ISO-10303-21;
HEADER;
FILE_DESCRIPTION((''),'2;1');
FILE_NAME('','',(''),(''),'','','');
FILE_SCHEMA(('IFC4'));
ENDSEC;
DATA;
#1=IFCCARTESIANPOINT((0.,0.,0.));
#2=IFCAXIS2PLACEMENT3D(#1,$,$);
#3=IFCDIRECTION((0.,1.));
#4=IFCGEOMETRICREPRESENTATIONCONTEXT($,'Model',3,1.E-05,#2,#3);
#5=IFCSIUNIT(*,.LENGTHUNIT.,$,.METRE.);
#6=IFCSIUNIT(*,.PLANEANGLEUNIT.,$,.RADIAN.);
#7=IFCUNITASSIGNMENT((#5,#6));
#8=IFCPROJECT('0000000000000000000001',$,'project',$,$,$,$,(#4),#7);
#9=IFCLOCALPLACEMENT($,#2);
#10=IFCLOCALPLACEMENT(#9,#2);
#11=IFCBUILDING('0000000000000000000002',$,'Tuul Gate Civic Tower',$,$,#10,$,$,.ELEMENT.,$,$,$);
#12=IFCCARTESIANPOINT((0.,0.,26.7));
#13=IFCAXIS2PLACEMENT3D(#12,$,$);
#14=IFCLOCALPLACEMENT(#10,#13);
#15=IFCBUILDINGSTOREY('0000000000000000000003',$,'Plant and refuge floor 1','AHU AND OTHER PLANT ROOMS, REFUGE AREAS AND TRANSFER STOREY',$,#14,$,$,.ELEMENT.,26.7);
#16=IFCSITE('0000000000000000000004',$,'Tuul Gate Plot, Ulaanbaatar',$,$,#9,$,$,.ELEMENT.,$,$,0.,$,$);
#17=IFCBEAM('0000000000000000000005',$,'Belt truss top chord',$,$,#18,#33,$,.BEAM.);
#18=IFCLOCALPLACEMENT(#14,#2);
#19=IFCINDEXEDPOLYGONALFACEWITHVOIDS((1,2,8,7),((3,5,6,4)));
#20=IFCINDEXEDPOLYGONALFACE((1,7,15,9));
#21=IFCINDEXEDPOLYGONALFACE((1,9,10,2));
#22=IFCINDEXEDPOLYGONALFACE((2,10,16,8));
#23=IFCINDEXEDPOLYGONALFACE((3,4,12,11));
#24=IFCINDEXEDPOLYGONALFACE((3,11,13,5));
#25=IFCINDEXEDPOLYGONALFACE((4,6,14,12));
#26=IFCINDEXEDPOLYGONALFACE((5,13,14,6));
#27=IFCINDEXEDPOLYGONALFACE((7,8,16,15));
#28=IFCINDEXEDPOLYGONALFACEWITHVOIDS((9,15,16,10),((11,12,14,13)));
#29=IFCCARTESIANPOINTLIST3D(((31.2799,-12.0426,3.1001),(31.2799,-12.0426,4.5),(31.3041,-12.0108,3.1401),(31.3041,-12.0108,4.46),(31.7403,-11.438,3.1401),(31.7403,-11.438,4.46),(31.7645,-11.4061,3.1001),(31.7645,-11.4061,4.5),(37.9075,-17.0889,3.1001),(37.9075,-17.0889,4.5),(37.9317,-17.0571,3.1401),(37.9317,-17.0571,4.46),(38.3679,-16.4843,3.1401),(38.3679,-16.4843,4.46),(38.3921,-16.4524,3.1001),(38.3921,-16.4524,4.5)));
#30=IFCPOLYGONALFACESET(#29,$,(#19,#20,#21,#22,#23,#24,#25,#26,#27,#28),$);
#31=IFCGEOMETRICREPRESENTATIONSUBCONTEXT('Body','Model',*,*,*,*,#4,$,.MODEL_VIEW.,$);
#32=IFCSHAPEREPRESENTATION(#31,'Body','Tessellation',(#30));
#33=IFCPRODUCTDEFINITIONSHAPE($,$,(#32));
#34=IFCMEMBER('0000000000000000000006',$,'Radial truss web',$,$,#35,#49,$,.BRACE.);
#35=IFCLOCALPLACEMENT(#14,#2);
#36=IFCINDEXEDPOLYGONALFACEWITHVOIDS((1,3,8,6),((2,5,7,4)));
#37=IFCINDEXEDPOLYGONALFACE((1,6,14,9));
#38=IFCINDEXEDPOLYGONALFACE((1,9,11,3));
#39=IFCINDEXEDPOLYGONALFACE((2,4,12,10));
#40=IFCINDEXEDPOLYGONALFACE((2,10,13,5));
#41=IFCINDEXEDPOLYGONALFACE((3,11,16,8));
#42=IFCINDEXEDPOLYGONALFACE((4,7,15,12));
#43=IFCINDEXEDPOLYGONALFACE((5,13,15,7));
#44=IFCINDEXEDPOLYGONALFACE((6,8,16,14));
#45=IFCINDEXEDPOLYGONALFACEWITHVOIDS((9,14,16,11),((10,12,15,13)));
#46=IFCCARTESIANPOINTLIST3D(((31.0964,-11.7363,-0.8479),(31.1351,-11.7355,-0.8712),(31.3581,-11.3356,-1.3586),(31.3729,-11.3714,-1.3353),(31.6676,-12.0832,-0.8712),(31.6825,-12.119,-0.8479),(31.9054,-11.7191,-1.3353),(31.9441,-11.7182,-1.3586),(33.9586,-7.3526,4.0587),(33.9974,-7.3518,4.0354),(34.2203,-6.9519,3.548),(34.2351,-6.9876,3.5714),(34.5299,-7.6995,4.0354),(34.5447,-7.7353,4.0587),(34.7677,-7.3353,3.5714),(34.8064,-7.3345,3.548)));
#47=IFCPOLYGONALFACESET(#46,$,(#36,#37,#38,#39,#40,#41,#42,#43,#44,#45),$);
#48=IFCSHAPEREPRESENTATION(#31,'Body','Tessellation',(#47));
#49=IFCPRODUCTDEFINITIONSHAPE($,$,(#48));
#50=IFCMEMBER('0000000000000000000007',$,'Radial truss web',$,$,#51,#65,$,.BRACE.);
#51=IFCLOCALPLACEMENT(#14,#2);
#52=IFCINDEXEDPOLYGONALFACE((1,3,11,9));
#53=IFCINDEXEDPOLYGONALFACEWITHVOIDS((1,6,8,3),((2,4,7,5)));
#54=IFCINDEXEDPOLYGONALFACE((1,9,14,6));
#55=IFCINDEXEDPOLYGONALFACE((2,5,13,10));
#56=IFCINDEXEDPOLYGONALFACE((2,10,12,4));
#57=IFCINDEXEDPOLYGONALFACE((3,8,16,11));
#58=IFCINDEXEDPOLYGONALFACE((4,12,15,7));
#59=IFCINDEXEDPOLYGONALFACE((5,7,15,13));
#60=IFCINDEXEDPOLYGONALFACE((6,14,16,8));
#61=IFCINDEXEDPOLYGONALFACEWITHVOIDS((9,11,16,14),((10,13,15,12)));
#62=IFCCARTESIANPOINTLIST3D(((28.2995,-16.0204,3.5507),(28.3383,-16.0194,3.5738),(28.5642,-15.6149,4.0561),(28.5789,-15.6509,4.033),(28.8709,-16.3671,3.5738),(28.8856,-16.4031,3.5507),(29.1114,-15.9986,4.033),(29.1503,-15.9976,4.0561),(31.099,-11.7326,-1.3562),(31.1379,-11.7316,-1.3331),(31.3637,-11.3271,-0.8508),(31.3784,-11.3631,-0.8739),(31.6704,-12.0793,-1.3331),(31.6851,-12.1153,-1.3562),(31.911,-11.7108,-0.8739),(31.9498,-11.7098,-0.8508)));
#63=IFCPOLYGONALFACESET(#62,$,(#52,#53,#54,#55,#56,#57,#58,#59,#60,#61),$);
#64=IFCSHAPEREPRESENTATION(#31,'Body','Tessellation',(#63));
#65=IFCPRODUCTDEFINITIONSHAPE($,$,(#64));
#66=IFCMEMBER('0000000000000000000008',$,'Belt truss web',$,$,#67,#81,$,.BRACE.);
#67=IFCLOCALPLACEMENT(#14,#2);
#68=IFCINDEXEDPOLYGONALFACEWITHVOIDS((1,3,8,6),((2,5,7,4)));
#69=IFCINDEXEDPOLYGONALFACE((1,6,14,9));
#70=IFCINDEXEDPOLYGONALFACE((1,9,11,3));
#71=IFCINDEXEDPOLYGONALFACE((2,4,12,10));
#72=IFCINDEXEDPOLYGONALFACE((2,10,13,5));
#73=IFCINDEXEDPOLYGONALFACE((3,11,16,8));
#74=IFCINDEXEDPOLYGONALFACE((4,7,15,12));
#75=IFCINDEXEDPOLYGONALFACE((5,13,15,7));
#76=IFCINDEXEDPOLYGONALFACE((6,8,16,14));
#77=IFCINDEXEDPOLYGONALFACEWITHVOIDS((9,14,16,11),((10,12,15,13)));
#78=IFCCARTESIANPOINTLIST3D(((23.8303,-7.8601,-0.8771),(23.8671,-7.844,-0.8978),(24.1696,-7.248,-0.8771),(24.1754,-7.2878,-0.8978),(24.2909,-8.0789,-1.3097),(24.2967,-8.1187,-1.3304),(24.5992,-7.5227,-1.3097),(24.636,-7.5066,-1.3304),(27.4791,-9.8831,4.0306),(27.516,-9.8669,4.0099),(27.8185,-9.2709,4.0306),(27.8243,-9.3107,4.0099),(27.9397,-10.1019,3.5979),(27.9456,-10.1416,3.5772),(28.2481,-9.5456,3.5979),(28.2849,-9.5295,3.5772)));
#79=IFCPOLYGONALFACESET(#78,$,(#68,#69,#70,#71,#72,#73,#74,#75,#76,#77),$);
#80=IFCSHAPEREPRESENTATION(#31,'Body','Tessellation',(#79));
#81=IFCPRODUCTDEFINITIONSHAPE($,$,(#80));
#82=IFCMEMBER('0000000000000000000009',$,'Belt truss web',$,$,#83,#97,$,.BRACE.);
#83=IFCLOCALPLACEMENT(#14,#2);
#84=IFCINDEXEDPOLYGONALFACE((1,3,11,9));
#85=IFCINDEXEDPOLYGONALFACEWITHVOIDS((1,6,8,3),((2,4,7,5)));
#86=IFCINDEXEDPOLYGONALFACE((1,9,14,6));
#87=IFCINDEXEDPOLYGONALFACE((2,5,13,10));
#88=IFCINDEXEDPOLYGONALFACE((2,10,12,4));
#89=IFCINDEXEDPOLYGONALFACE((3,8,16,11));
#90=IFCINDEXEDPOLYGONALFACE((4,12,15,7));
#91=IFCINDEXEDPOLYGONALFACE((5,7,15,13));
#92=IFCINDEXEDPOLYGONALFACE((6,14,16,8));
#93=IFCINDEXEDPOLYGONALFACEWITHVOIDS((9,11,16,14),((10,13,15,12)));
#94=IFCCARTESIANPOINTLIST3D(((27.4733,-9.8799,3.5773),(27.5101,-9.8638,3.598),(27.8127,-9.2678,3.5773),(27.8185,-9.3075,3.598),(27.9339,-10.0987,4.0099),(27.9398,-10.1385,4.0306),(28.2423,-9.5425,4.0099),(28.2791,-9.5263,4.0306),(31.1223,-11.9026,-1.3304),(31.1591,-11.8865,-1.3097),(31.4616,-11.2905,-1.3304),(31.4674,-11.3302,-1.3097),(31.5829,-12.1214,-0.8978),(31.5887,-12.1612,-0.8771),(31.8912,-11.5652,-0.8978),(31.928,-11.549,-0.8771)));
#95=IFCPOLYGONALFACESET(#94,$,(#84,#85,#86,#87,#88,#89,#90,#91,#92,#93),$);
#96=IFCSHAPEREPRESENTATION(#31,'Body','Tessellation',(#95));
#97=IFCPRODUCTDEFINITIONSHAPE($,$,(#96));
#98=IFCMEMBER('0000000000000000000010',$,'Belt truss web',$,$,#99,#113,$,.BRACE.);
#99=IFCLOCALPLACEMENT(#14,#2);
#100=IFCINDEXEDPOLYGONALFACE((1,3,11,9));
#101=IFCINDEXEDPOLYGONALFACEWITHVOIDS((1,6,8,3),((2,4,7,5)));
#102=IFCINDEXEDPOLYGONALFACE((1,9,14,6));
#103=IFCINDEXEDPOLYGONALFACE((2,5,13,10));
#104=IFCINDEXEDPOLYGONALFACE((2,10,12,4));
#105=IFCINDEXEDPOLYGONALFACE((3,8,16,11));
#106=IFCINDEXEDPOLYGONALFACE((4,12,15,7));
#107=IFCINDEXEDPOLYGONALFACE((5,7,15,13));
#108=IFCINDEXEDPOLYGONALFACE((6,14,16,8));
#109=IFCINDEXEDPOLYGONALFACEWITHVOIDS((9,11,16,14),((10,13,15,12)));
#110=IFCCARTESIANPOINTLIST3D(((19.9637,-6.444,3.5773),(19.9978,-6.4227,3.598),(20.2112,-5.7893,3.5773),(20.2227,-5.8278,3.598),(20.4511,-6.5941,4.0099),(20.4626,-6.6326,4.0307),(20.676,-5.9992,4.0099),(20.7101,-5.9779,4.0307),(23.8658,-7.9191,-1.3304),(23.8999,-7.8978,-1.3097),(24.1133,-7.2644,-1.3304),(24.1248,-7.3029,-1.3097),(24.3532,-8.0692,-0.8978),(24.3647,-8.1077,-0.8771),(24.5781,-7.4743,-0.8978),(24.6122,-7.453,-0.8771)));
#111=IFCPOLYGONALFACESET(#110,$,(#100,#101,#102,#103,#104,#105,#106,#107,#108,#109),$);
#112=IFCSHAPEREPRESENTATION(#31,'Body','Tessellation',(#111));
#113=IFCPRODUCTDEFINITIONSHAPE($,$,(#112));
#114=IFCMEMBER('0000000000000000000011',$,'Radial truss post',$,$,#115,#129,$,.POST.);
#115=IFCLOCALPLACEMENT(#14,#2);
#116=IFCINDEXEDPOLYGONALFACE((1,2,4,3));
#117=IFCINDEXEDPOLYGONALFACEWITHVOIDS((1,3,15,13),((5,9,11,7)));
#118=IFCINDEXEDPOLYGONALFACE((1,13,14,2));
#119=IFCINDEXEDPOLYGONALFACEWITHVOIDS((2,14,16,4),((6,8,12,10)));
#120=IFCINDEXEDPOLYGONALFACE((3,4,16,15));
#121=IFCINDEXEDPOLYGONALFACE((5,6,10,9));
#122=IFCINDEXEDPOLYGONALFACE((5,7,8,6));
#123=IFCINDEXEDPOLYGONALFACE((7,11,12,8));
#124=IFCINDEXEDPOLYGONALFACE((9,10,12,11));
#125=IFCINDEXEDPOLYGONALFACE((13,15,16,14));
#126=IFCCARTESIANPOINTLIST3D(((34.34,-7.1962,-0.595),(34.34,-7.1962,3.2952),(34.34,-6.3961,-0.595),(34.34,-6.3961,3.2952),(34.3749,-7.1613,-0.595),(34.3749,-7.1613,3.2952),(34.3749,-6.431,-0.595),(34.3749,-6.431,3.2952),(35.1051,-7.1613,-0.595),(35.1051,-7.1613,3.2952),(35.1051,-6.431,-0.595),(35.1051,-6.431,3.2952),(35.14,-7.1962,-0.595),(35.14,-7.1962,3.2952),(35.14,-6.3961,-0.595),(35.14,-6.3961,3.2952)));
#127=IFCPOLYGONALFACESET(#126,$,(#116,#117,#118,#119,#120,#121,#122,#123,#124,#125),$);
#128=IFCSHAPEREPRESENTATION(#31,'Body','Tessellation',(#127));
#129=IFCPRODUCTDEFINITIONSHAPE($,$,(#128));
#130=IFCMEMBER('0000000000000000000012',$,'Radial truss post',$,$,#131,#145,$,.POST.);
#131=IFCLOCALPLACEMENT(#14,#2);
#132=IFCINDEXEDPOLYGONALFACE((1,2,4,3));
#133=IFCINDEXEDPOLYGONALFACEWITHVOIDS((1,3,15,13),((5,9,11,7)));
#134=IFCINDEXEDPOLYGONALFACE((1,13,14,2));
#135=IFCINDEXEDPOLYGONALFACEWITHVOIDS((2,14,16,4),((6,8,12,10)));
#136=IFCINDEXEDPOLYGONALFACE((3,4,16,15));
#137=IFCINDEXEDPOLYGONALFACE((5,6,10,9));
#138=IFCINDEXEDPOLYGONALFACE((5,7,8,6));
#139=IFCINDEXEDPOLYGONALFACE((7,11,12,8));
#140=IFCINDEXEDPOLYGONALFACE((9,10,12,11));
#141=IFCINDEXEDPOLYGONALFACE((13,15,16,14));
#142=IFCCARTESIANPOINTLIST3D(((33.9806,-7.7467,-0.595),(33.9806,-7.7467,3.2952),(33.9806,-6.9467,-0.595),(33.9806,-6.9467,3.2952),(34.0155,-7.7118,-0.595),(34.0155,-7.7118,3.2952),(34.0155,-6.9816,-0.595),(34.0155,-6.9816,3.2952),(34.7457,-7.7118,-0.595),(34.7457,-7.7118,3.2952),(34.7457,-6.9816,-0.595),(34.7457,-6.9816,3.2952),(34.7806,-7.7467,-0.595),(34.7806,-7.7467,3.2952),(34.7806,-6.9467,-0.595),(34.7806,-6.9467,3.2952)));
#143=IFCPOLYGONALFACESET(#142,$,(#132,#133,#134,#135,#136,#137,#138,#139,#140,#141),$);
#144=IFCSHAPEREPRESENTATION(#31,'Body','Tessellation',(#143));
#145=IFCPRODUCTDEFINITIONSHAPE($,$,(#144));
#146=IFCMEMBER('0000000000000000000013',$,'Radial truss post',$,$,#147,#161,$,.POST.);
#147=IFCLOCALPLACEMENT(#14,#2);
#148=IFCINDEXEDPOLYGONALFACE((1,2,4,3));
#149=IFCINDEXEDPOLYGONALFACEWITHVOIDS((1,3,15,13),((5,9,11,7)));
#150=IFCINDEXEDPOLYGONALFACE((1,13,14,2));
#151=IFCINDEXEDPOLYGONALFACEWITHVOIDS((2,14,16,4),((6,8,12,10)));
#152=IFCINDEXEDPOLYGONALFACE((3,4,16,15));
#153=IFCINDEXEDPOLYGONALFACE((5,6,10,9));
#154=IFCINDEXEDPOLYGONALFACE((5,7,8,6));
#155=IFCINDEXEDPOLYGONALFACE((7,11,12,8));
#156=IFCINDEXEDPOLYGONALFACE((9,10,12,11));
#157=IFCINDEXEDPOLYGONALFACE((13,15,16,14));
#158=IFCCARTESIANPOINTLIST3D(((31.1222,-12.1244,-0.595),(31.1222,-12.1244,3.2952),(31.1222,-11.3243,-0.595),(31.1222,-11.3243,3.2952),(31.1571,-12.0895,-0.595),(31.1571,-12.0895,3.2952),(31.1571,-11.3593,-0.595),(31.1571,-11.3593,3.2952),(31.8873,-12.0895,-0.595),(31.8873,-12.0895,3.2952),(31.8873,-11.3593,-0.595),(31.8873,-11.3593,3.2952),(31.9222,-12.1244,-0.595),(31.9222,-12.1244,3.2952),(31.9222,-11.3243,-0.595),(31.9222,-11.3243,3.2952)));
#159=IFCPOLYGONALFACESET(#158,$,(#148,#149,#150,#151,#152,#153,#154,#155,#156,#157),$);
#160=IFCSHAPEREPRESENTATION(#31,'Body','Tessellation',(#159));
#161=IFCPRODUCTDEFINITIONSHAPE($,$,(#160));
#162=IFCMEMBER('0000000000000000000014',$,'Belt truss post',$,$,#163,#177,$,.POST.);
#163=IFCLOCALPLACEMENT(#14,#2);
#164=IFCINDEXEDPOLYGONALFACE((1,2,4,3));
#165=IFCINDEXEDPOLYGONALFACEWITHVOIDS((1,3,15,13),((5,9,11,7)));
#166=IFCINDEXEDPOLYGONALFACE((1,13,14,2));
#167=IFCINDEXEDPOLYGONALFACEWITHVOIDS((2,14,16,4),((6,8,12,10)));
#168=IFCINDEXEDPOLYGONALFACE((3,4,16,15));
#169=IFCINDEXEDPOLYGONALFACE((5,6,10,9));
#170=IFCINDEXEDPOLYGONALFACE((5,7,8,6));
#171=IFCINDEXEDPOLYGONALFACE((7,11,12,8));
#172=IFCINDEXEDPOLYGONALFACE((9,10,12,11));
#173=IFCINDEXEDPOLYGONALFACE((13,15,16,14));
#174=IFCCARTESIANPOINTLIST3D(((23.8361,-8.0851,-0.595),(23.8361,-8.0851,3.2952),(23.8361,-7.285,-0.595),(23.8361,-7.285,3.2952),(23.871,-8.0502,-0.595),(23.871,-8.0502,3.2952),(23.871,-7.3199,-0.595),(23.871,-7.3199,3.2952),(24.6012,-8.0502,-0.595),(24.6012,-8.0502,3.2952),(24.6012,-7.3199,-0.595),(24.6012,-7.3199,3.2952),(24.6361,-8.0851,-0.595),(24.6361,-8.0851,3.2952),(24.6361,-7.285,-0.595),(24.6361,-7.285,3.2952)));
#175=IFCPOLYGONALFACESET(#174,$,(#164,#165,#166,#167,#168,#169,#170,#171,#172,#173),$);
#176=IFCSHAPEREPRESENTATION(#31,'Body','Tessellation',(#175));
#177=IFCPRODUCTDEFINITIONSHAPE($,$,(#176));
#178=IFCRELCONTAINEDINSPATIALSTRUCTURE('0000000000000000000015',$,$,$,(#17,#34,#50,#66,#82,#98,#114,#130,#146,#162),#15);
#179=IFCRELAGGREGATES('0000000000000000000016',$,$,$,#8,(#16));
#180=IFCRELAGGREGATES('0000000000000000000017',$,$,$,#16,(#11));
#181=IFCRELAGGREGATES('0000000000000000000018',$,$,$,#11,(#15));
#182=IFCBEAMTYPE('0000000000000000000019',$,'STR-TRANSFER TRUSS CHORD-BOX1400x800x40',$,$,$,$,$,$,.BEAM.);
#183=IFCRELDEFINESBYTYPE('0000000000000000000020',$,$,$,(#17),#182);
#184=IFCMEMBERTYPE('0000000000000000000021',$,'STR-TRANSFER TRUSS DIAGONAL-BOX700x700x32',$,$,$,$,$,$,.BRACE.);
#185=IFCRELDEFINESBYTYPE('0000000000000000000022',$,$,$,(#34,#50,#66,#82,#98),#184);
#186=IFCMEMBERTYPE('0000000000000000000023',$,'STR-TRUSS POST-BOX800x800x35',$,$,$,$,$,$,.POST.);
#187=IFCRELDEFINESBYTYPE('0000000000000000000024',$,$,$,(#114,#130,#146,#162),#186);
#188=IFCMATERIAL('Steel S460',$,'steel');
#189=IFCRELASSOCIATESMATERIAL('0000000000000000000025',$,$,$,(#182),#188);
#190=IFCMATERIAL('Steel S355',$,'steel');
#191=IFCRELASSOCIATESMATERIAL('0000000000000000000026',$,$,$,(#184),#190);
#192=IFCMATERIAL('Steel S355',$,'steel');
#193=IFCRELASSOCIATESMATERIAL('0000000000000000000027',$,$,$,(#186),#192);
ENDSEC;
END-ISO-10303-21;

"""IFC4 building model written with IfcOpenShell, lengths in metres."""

from ifc_helpers import new_model, si_unit, direction, frame, origin, origin_2d, place, context, subcontext, project, spatial, hollow_rectangle, extrude, material, material_profile, profile_set, type_object, element, save


model = new_model("IFC4")

# Units and contexts
model_context = context("Model", 3, precision=1e-05, world=origin(), true_north=direction((0.0, 1.0)))
body_context = subcontext(model_context, "Body", "Model", "MODEL_VIEW")
ifc_project = project(units=[si_unit("LENGTHUNIT", "METRE"), si_unit("PLANEANGLEUNIT", "RADIAN")], contexts=[model_context])

# Site, building, storey
site_placement = place(None, origin())
site = spatial("IfcSite", under=ifc_project, at=site_placement, Name="Tuul Gate Plot, Ulaanbaatar", CompositionType="ELEMENT", RefElevation=0.0)
building_placement = place(site_placement, origin())
building = spatial("IfcBuilding", under=site, at=building_placement, Name="Tuul Gate Civic Tower", CompositionType="ELEMENT")
storey_placement = place(building_placement, frame((0.0, 0.0, 26.7)))
storey = spatial("IfcBuildingStorey", under=building, at=storey_placement, Name="Plant and refuge floor 1", Description="AHU AND OTHER PLANT ROOMS, REFUGE AREAS AND TRANSFER STOREY", CompositionType="ELEMENT", Elevation=26.7)

# Beam
ifc_material_1 = material(Name="Steel S460", Category="steel")
ifc_material_profile_1 = material_profile(ifc_material_1, hollow_rectangle(XDim=0.8, YDim=1.3999, WallThickness=0.04, at=origin_2d()), Name="BOX1400x800x40")
ifc_profile_set_1 = profile_set([ifc_material_profile_1], Name="Steel S460")
beam_type_1 = type_object("IfcBeamType", Name="STR-TRANSFER TRUSS CHORD-BOX1400x800x40", PredefinedType="BEAM", material=ifc_profile_set_1)
for number, where, z_axis, x_axis, name in (
    (1, (31.5222, -11.7244, 3.8), (0.795621, -0.605794, 0.0), (0.605794, 0.795621, 0.0), "Belt truss top chord"),
):
    element("IfcBeam", number, at=place(storey_placement, frame(where, z_axis=z_axis, x_axis=x_axis)), inside=storey, type_object=beam_type_1, Name=name, PredefinedType="BEAM", context=body_context, shape_type="SweptSolid", body=[
        extrude(hollow_rectangle(XDim=0.8, YDim=1.3999, WallThickness=0.04, at=origin_2d()), origin(), (0.0, 0.0, 1.0), 8.3301),
    ])

# Members
ifc_material_2 = material(Name="Steel S355", Category="steel")
ifc_material_profile_2 = material_profile(ifc_material_2, hollow_rectangle(XDim=0.7, YDim=0.7, WallThickness=0.032, at=origin_2d()), Name="BOX700x700x32")
ifc_profile_set_2 = profile_set([ifc_material_profile_2], Name="Steel S355")
member_type_1 = type_object("IfcMemberType", Name="STR-TRANSFER TRUSS DIAGONAL-BOX700x700x32", PredefinedType="BRACE", material=ifc_profile_set_2)
member_1_placement = place(storey_placement, frame((31.5203, -11.7273, -1.1033), z_axis=(0.398905, 0.610946, 0.683827), x_axis=(-0.837321, 0.546712, 0.0)))
element("IfcMember", 2, at=member_1_placement, inside=storey, type_object=member_type_1, Name="Radial truss web", PredefinedType="BRACE", context=body_context, shape_type="SweptSolid", body=[
    extrude(hollow_rectangle(XDim=0.7, YDim=0.7, WallThickness=0.032, at=origin_2d()), origin(), (0.0, 0.0, 1.0), 7.1753),
])
member_2_placement = place(storey_placement, frame((31.5244, -11.7212, -1.1035), z_axis=(-0.394729, -0.604572, 0.691869), x_axis=(0.83733, -0.546698, 0.0)))
element("IfcMember", 3, at=member_2_placement, inside=storey, type_object=member_type_1, Name="Radial truss web", PredefinedType="BRACE", context=body_context, shape_type="SweptSolid", body=[
    extrude(hollow_rectangle(XDim=0.7, YDim=0.7, WallThickness=0.032, at=origin_2d()), origin(), (0.0, 0.0, 1.0), 7.0923),
])
for number, where, z_axis, x_axis, name in (
    (4, (24.2332, -7.6833, -1.1038), (0.566473, -0.31405, 0.761893), (0.484868, 0.874588, 0.0), "Belt truss web"),
    (5, (31.5251, -11.7258, -1.1038), (-0.56648, 0.314016, 0.761902), (-0.484823, -0.874612, 0.0), "Belt truss web"),
):
    element("IfcMember", number, at=place(storey_placement, frame(where, z_axis=z_axis, x_axis=x_axis)), inside=storey, type_object=member_type_1, Name=name, PredefinedType="BRACE", context=body_context, shape_type="SweptSolid", body=[
        extrude(hollow_rectangle(XDim=0.7, YDim=0.7, WallThickness=0.032, at=origin_2d()), origin(), (0.0, 0.0, 1.0), 6.4414),
    ])
member_3_placement = place(storey_placement, frame((24.239, -7.686, -1.1038), z_axis=(-0.605811, 0.229013, 0.761936), x_axis=(-0.353604, -0.935395, 0.0)))
element("IfcMember", 6, at=member_3_placement, inside=storey, type_object=member_type_1, Name="Belt truss web", PredefinedType="BRACE", context=body_context, shape_type="SweptSolid", body=[
    extrude(hollow_rectangle(XDim=0.7, YDim=0.7, WallThickness=0.032, at=origin_2d()), origin(), (0.0, 0.0, 1.0), 6.4412),
])
ifc_material_3 = material(Name="Steel S355", Category="steel")
ifc_material_profile_3 = material_profile(ifc_material_3, hollow_rectangle(XDim=0.8, YDim=0.8, WallThickness=0.0349, at=origin_2d()), Name="BOX800x800x35")
ifc_profile_set_3 = profile_set([ifc_material_profile_3], Name="Steel S355")
member_type_2 = type_object("IfcMemberType", Name="STR-TRUSS POST-BOX800x800x35", PredefinedType="POST", material=ifc_profile_set_3)
for number, where, z_axis, x_axis, name in (
    (7, (34.74, -6.7961, -0.595), (0.0, 0.0, 1.0), (1.0, 0.0, 0.0), "Radial truss post"),
    (8, (34.3806, -7.3467, -0.595), (0.0, 0.0, 1.0), (1.0, 0.0, 0.0), "Radial truss post"),
    (9, (31.5222, -11.7244, -0.595), (0.0, 0.0, 1.0), (1.0, 0.0, 0.0), "Radial truss post"),
    (10, (24.2361, -7.6851, -0.595), (0.0, 0.0, 1.0), (1.0, 0.0, 0.0), "Belt truss post"),
):
    element("IfcMember", number, at=place(storey_placement, frame(where, z_axis=z_axis, x_axis=x_axis)), inside=storey, type_object=member_type_2, Name=name, PredefinedType="POST", context=body_context, shape_type="SweptSolid", body=[
        extrude(hollow_rectangle(XDim=0.8, YDim=0.8, WallThickness=0.0349, at=origin_2d()), origin(), (0.0, 0.0, 1.0), 3.8901),
    ])

save(model, "model.ifc")
